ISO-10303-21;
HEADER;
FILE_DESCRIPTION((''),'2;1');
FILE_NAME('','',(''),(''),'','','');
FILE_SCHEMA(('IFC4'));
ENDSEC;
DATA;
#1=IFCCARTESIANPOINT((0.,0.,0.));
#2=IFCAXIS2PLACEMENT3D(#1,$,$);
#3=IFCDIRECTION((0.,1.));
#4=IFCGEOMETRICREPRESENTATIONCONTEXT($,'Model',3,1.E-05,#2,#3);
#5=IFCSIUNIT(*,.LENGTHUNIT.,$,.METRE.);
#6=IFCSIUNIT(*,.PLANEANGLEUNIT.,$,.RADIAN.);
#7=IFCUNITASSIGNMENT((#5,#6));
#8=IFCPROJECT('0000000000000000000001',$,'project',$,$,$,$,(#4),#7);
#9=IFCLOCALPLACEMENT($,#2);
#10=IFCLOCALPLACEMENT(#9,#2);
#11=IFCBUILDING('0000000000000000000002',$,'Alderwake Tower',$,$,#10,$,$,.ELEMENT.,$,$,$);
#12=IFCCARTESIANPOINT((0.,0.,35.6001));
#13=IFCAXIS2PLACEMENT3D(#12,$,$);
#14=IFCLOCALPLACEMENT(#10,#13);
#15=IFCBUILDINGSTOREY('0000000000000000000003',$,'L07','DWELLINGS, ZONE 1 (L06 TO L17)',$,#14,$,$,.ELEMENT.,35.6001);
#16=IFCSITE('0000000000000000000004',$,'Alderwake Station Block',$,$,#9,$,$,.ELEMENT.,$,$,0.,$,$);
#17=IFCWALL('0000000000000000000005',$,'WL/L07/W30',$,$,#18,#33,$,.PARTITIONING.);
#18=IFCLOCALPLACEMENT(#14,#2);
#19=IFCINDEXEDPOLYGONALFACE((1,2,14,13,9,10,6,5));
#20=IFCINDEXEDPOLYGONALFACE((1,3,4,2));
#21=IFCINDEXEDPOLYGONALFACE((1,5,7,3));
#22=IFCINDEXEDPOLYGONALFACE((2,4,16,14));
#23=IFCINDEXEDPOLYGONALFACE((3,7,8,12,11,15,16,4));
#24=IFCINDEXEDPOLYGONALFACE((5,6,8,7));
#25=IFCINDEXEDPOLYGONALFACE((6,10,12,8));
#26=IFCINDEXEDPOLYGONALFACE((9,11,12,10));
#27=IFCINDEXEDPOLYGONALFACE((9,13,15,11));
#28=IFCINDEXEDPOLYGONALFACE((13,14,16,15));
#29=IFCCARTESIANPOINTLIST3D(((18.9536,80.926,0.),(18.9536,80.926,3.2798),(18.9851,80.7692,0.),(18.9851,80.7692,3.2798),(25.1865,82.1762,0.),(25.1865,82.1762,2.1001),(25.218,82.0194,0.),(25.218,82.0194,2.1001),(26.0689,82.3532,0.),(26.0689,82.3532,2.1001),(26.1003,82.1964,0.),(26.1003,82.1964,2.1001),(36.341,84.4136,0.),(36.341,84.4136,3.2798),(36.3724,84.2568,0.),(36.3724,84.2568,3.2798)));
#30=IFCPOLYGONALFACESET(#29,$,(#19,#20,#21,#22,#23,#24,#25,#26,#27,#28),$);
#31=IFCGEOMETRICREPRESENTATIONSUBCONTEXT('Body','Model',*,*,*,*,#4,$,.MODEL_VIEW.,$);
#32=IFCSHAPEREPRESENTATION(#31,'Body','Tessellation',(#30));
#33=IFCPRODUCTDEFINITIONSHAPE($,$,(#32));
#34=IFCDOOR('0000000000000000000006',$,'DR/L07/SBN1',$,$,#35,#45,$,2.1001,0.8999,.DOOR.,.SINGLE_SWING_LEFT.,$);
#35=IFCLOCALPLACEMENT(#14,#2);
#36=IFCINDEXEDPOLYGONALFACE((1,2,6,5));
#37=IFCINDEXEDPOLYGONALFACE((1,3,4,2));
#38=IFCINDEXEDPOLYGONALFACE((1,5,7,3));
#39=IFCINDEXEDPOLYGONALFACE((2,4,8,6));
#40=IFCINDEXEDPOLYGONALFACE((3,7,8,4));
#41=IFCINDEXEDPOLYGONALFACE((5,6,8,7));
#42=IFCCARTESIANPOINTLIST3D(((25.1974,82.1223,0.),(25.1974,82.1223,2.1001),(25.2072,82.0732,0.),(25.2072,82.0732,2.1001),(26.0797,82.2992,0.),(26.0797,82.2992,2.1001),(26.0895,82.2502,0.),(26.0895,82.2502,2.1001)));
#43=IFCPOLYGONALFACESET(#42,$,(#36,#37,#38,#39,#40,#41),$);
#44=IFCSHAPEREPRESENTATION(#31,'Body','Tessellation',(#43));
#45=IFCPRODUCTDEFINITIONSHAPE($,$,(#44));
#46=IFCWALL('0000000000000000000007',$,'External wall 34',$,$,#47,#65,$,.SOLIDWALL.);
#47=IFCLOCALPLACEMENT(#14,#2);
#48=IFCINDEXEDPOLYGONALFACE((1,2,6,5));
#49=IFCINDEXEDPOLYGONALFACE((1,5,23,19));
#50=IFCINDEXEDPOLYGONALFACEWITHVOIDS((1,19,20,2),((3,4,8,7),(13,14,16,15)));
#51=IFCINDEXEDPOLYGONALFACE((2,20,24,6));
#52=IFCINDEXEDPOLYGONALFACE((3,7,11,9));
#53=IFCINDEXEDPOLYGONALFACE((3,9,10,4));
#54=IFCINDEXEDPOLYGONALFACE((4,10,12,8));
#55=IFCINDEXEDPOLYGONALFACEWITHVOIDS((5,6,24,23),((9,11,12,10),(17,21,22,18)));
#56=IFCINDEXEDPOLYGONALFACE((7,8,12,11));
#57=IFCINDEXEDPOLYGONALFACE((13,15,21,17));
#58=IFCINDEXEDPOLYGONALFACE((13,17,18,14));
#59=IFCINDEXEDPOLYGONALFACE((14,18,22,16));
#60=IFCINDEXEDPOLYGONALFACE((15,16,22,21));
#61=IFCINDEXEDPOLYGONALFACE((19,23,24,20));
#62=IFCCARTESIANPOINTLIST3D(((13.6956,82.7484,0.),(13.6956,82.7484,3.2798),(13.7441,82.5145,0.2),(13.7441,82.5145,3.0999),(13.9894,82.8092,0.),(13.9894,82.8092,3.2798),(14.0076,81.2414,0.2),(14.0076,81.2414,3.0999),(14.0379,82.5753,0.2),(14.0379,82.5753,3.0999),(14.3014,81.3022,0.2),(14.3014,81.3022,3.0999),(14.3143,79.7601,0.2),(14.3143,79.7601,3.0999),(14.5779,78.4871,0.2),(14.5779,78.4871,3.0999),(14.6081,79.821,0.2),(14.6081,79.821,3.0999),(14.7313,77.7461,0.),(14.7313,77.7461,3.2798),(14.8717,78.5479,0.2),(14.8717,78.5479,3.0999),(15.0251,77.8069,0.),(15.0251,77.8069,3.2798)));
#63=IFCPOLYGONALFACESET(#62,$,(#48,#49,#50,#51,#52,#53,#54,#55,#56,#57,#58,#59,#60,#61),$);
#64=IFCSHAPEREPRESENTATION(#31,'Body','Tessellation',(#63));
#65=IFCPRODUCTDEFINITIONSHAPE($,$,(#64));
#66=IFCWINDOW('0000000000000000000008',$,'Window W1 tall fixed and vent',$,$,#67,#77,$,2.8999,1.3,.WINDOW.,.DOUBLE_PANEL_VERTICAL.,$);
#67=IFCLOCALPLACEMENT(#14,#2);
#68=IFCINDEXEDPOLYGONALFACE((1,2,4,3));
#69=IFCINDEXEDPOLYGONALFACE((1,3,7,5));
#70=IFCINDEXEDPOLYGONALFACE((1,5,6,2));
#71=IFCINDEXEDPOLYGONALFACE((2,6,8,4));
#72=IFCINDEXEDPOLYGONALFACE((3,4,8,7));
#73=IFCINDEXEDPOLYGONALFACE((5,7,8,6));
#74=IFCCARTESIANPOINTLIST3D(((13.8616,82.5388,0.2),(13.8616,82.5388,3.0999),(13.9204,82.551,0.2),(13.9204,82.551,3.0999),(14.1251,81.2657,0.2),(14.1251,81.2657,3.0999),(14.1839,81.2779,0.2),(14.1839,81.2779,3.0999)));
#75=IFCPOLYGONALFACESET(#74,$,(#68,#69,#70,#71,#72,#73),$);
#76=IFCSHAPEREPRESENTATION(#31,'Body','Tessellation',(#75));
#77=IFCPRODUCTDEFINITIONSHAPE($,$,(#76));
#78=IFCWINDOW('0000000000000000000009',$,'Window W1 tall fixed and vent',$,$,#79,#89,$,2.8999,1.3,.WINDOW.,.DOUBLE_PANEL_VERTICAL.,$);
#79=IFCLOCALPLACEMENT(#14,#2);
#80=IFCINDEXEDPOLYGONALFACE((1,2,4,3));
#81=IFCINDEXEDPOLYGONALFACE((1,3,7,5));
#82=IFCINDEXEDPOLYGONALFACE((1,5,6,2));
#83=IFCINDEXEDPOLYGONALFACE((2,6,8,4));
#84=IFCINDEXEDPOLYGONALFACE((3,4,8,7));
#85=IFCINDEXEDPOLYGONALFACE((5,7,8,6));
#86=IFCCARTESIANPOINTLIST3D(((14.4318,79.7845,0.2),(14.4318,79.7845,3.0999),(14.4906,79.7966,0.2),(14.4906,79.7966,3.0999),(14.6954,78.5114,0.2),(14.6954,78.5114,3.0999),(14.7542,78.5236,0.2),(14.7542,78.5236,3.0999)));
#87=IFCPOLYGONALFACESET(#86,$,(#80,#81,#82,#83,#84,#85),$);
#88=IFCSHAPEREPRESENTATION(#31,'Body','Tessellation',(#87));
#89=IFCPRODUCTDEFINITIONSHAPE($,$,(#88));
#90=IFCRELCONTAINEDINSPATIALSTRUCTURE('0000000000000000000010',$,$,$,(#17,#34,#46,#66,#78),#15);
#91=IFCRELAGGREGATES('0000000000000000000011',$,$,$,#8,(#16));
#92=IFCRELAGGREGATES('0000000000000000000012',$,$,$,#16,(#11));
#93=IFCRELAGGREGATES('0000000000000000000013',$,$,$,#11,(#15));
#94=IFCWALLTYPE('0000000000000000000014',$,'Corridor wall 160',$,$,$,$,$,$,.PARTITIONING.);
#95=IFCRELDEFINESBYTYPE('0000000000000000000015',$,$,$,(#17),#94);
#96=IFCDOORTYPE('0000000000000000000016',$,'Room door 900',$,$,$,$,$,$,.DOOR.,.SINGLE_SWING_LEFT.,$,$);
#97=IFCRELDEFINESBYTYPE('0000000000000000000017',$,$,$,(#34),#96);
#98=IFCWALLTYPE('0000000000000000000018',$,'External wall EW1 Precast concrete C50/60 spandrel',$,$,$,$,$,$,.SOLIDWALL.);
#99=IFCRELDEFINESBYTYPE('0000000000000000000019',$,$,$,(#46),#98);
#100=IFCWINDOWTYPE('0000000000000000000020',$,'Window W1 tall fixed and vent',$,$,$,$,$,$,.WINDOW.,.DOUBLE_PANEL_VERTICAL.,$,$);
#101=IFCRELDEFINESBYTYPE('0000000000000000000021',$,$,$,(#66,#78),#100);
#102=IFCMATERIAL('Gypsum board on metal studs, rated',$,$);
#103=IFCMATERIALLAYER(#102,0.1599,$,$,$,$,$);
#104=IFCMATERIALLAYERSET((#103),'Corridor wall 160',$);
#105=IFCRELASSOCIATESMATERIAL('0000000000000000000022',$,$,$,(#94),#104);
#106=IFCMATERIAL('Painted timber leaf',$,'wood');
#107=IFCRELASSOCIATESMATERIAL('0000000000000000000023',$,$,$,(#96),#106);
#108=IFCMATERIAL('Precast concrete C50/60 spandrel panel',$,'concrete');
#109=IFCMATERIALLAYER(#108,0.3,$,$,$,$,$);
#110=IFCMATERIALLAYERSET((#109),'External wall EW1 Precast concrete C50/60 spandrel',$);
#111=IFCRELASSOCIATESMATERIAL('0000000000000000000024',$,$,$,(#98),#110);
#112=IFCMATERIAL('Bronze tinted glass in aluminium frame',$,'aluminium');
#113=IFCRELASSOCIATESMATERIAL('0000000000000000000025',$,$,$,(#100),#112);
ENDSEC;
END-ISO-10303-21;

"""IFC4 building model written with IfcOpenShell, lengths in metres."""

from ifc_helpers import new_model, si_unit, direction, frame, frame_2d, origin, place, context, subcontext, project, spatial, rectangle, extrude, material, layer, layer_set, type_object, element, fill, save


model = new_model("IFC4")

# Units and contexts
model_context = context("Model", 3, precision=1e-05, world=origin(), true_north=direction((0.0, 1.0)))
body_context = subcontext(model_context, "Body", "Model", "MODEL_VIEW")
ifc_project = project(units=[si_unit("LENGTHUNIT", "METRE"), si_unit("PLANEANGLEUNIT", "RADIAN")], contexts=[model_context])

# Site, building, storey
site_placement = place(None, origin())
site = spatial("IfcSite", under=ifc_project, at=site_placement, Name="Alderwake Station Block", CompositionType="ELEMENT", RefElevation=0.0)
building_placement = place(site_placement, origin())
building = spatial("IfcBuilding", under=site, at=building_placement, Name="Alderwake Tower", CompositionType="ELEMENT")
storey_placement = place(building_placement, frame((0.0, 0.0, 35.6001)))
storey = spatial("IfcBuildingStorey", under=building, at=storey_placement, Name="L07", Description="DWELLINGS, ZONE 1 (L06 TO L17)", CompositionType="ELEMENT", Elevation=35.6001)

# Shared definitions
ifc_material_1 = material(Name="Gypsum board on metal studs, rated")
ifc_layer_1 = layer(ifc_material_1, 0.1599)
ifc_layer_set_1 = layer_set([ifc_layer_1], Name="Corridor wall 160")
wall_type_1 = type_object("IfcWallType", Name="Corridor wall 160", PredefinedType="PARTITIONING", material=ifc_layer_set_1)

# Wall, opening, door
wall_1_placement = place(storey_placement, frame((18.9695, 80.8477, 0.0), z_axis=(0.0, 0.0, 1.0), x_axis=(0.980471, 0.196664, 0.0)))
wall_1 = element("IfcWall", 1, at=wall_1_placement, inside=storey, type_object=wall_type_1, Name="WL/L07/W30", PredefinedType="PARTITIONING", context=body_context, shape_type="SweptSolid", body=[
    extrude(rectangle(XDim=17.7336, YDim=0.1599, at=frame_2d((8.8667, 0.0))), origin(), (0.0, 0.0, 1.0), 3.2798),
])
opening_1_placement = place(wall_1_placement, frame((6.3569, 0.0, 0.0)))
opening_1 = element("IfcOpeningElement", 2, at=opening_1_placement, cuts=wall_1, PredefinedType="OPENING", context=body_context, shape_type="SweptSolid", body=[
    extrude(rectangle(XDim=0.8999, YDim=2.1001, at=frame_2d((0.45, 1.05))), frame((0.0, 0.0898, 0.0), z_axis=(0.0, -1.0, 0.0), x_axis=(1.0, 0.0, 0.0)), (0.0, 0.0, 1.0), 0.1799),
])
ifc_material_2 = material(Name="Painted timber leaf", Category="wood")
door_type_1 = type_object("IfcDoorType", Name="Room door 900", OperationType="SINGLE_SWING_LEFT", PredefinedType="DOOR", material=ifc_material_2)
door_1_placement = place(opening_1_placement, origin())
door_1 = element("IfcDoor", 3, at=door_1_placement, inside=storey, type_object=door_type_1, Name="DR/L07/SBN1", OperationType="SINGLE_SWING_LEFT", OverallHeight=2.1001, OverallWidth=0.8999, PredefinedType="DOOR", context=body_context, shape_type="SweptSolid", body=[
    extrude(rectangle(XDim=0.8999, YDim=2.1001, at=frame_2d((0.45, 1.05))), frame((0.0, 0.0249, 0.0), z_axis=(0.0, -1.0, 0.0), x_axis=(1.0, 0.0, 0.0)), (0.0, 0.0, 1.0), 0.05),
])
fill(opening_1, door_1)

# Wall, openings, windows
ifc_material_3 = material(Name="Precast concrete C50/60 spandrel panel", Category="concrete")
ifc_layer_2 = layer(ifc_material_3, 0.3)
ifc_layer_set_2 = layer_set([ifc_layer_2], Name="External wall EW1 Precast concrete C50/60 spandrel")
wall_type_2 = type_object("IfcWallType", Name="External wall EW1 Precast concrete C50/60 spandrel", PredefinedType="SOLIDWALL", material=ifc_layer_set_2)
wall_2_placement = place(storey_placement, frame((13.8425, 82.7788, 0.0), z_axis=(0.0, 0.0, 1.0), x_axis=(0.202738, -0.979233, 0.0)))
wall_2 = element("IfcWall", 4, at=wall_2_placement, inside=storey, type_object=wall_type_2, Name="External wall 34", PredefinedType="SOLIDWALL", context=body_context, shape_type="SweptSolid", body=[
    extrude(rectangle(XDim=5.1084, YDim=0.3, at=frame_2d((2.5542, 0.0))), origin(), (0.0, 0.0, 1.0), 3.2798),
])
opening_2_placement = place(wall_2_placement, frame((0.239, 0.0, 0.2)))
opening_2 = element("IfcOpeningElement", 5, at=opening_2_placement, cuts=wall_2, PredefinedType="OPENING", context=body_context, shape_type="SweptSolid", body=[
    extrude(rectangle(XDim=1.3, YDim=2.8999, at=frame_2d((0.6499, 1.45))), frame((0.0, 0.1599, 0.0), z_axis=(0.0, -1.0, 0.0), x_axis=(1.0, 0.0, 0.0)), (0.0, 0.0, 1.0), 0.3201),
])
opening_3_placement = place(wall_2_placement, frame((3.0518, 0.0, 0.2)))
opening_3 = element("IfcOpeningElement", 6, at=opening_3_placement, cuts=wall_2, PredefinedType="OPENING", context=body_context, shape_type="SweptSolid", body=[
    extrude(rectangle(XDim=1.3, YDim=2.8999, at=frame_2d((0.6499, 1.45))), frame((0.0, 0.1599, 0.0), z_axis=(0.0, -1.0, 0.0), x_axis=(1.0, 0.0, 0.0)), (0.0, 0.0, 1.0), 0.3201),
])
ifc_material_4 = material(Name="Bronze tinted glass in aluminium frame", Category="aluminium")
window_type = type_object("IfcWindowType", Name="Window W1 tall fixed and vent", PartitioningType="DOUBLE_PANEL_VERTICAL", PredefinedType="WINDOW", material=ifc_material_4)
window_1_placement = place(opening_2_placement, origin())
window_1 = element("IfcWindow", 7, at=window_1_placement, inside=storey, type_object=window_type, Name="Window W1 tall fixed and vent", OverallHeight=2.8999, OverallWidth=1.3, PartitioningType="DOUBLE_PANEL_VERTICAL", PredefinedType="WINDOW", context=body_context, shape_type="SweptSolid", body=[
    extrude(rectangle(XDim=1.3, YDim=2.8999, at=frame_2d((0.6499, 1.45))), frame((0.0, 0.03, 0.0), z_axis=(0.0, -1.0, 0.0), x_axis=(1.0, 0.0, 0.0)), (0.0, 0.0, 1.0), 0.0601),
])
fill(opening_2, window_1)
window_2_placement = place(opening_3_placement, origin())
window_2 = element("IfcWindow", 8, at=window_2_placement, inside=storey, type_object=window_type, Name="Window W1 tall fixed and vent", OverallHeight=2.8999, OverallWidth=1.3, PartitioningType="DOUBLE_PANEL_VERTICAL", PredefinedType="WINDOW", context=body_context, shape_type="SweptSolid", body=[
    extrude(rectangle(XDim=1.3, YDim=2.8999, at=frame_2d((0.6499, 1.45))), frame((0.0, 0.03, 0.0), z_axis=(0.0, -1.0, 0.0), x_axis=(1.0, 0.0, 0.0)), (0.0, 0.0, 1.0), 0.0601),
])
fill(opening_3, window_2)

save(model, "model.ifc")
